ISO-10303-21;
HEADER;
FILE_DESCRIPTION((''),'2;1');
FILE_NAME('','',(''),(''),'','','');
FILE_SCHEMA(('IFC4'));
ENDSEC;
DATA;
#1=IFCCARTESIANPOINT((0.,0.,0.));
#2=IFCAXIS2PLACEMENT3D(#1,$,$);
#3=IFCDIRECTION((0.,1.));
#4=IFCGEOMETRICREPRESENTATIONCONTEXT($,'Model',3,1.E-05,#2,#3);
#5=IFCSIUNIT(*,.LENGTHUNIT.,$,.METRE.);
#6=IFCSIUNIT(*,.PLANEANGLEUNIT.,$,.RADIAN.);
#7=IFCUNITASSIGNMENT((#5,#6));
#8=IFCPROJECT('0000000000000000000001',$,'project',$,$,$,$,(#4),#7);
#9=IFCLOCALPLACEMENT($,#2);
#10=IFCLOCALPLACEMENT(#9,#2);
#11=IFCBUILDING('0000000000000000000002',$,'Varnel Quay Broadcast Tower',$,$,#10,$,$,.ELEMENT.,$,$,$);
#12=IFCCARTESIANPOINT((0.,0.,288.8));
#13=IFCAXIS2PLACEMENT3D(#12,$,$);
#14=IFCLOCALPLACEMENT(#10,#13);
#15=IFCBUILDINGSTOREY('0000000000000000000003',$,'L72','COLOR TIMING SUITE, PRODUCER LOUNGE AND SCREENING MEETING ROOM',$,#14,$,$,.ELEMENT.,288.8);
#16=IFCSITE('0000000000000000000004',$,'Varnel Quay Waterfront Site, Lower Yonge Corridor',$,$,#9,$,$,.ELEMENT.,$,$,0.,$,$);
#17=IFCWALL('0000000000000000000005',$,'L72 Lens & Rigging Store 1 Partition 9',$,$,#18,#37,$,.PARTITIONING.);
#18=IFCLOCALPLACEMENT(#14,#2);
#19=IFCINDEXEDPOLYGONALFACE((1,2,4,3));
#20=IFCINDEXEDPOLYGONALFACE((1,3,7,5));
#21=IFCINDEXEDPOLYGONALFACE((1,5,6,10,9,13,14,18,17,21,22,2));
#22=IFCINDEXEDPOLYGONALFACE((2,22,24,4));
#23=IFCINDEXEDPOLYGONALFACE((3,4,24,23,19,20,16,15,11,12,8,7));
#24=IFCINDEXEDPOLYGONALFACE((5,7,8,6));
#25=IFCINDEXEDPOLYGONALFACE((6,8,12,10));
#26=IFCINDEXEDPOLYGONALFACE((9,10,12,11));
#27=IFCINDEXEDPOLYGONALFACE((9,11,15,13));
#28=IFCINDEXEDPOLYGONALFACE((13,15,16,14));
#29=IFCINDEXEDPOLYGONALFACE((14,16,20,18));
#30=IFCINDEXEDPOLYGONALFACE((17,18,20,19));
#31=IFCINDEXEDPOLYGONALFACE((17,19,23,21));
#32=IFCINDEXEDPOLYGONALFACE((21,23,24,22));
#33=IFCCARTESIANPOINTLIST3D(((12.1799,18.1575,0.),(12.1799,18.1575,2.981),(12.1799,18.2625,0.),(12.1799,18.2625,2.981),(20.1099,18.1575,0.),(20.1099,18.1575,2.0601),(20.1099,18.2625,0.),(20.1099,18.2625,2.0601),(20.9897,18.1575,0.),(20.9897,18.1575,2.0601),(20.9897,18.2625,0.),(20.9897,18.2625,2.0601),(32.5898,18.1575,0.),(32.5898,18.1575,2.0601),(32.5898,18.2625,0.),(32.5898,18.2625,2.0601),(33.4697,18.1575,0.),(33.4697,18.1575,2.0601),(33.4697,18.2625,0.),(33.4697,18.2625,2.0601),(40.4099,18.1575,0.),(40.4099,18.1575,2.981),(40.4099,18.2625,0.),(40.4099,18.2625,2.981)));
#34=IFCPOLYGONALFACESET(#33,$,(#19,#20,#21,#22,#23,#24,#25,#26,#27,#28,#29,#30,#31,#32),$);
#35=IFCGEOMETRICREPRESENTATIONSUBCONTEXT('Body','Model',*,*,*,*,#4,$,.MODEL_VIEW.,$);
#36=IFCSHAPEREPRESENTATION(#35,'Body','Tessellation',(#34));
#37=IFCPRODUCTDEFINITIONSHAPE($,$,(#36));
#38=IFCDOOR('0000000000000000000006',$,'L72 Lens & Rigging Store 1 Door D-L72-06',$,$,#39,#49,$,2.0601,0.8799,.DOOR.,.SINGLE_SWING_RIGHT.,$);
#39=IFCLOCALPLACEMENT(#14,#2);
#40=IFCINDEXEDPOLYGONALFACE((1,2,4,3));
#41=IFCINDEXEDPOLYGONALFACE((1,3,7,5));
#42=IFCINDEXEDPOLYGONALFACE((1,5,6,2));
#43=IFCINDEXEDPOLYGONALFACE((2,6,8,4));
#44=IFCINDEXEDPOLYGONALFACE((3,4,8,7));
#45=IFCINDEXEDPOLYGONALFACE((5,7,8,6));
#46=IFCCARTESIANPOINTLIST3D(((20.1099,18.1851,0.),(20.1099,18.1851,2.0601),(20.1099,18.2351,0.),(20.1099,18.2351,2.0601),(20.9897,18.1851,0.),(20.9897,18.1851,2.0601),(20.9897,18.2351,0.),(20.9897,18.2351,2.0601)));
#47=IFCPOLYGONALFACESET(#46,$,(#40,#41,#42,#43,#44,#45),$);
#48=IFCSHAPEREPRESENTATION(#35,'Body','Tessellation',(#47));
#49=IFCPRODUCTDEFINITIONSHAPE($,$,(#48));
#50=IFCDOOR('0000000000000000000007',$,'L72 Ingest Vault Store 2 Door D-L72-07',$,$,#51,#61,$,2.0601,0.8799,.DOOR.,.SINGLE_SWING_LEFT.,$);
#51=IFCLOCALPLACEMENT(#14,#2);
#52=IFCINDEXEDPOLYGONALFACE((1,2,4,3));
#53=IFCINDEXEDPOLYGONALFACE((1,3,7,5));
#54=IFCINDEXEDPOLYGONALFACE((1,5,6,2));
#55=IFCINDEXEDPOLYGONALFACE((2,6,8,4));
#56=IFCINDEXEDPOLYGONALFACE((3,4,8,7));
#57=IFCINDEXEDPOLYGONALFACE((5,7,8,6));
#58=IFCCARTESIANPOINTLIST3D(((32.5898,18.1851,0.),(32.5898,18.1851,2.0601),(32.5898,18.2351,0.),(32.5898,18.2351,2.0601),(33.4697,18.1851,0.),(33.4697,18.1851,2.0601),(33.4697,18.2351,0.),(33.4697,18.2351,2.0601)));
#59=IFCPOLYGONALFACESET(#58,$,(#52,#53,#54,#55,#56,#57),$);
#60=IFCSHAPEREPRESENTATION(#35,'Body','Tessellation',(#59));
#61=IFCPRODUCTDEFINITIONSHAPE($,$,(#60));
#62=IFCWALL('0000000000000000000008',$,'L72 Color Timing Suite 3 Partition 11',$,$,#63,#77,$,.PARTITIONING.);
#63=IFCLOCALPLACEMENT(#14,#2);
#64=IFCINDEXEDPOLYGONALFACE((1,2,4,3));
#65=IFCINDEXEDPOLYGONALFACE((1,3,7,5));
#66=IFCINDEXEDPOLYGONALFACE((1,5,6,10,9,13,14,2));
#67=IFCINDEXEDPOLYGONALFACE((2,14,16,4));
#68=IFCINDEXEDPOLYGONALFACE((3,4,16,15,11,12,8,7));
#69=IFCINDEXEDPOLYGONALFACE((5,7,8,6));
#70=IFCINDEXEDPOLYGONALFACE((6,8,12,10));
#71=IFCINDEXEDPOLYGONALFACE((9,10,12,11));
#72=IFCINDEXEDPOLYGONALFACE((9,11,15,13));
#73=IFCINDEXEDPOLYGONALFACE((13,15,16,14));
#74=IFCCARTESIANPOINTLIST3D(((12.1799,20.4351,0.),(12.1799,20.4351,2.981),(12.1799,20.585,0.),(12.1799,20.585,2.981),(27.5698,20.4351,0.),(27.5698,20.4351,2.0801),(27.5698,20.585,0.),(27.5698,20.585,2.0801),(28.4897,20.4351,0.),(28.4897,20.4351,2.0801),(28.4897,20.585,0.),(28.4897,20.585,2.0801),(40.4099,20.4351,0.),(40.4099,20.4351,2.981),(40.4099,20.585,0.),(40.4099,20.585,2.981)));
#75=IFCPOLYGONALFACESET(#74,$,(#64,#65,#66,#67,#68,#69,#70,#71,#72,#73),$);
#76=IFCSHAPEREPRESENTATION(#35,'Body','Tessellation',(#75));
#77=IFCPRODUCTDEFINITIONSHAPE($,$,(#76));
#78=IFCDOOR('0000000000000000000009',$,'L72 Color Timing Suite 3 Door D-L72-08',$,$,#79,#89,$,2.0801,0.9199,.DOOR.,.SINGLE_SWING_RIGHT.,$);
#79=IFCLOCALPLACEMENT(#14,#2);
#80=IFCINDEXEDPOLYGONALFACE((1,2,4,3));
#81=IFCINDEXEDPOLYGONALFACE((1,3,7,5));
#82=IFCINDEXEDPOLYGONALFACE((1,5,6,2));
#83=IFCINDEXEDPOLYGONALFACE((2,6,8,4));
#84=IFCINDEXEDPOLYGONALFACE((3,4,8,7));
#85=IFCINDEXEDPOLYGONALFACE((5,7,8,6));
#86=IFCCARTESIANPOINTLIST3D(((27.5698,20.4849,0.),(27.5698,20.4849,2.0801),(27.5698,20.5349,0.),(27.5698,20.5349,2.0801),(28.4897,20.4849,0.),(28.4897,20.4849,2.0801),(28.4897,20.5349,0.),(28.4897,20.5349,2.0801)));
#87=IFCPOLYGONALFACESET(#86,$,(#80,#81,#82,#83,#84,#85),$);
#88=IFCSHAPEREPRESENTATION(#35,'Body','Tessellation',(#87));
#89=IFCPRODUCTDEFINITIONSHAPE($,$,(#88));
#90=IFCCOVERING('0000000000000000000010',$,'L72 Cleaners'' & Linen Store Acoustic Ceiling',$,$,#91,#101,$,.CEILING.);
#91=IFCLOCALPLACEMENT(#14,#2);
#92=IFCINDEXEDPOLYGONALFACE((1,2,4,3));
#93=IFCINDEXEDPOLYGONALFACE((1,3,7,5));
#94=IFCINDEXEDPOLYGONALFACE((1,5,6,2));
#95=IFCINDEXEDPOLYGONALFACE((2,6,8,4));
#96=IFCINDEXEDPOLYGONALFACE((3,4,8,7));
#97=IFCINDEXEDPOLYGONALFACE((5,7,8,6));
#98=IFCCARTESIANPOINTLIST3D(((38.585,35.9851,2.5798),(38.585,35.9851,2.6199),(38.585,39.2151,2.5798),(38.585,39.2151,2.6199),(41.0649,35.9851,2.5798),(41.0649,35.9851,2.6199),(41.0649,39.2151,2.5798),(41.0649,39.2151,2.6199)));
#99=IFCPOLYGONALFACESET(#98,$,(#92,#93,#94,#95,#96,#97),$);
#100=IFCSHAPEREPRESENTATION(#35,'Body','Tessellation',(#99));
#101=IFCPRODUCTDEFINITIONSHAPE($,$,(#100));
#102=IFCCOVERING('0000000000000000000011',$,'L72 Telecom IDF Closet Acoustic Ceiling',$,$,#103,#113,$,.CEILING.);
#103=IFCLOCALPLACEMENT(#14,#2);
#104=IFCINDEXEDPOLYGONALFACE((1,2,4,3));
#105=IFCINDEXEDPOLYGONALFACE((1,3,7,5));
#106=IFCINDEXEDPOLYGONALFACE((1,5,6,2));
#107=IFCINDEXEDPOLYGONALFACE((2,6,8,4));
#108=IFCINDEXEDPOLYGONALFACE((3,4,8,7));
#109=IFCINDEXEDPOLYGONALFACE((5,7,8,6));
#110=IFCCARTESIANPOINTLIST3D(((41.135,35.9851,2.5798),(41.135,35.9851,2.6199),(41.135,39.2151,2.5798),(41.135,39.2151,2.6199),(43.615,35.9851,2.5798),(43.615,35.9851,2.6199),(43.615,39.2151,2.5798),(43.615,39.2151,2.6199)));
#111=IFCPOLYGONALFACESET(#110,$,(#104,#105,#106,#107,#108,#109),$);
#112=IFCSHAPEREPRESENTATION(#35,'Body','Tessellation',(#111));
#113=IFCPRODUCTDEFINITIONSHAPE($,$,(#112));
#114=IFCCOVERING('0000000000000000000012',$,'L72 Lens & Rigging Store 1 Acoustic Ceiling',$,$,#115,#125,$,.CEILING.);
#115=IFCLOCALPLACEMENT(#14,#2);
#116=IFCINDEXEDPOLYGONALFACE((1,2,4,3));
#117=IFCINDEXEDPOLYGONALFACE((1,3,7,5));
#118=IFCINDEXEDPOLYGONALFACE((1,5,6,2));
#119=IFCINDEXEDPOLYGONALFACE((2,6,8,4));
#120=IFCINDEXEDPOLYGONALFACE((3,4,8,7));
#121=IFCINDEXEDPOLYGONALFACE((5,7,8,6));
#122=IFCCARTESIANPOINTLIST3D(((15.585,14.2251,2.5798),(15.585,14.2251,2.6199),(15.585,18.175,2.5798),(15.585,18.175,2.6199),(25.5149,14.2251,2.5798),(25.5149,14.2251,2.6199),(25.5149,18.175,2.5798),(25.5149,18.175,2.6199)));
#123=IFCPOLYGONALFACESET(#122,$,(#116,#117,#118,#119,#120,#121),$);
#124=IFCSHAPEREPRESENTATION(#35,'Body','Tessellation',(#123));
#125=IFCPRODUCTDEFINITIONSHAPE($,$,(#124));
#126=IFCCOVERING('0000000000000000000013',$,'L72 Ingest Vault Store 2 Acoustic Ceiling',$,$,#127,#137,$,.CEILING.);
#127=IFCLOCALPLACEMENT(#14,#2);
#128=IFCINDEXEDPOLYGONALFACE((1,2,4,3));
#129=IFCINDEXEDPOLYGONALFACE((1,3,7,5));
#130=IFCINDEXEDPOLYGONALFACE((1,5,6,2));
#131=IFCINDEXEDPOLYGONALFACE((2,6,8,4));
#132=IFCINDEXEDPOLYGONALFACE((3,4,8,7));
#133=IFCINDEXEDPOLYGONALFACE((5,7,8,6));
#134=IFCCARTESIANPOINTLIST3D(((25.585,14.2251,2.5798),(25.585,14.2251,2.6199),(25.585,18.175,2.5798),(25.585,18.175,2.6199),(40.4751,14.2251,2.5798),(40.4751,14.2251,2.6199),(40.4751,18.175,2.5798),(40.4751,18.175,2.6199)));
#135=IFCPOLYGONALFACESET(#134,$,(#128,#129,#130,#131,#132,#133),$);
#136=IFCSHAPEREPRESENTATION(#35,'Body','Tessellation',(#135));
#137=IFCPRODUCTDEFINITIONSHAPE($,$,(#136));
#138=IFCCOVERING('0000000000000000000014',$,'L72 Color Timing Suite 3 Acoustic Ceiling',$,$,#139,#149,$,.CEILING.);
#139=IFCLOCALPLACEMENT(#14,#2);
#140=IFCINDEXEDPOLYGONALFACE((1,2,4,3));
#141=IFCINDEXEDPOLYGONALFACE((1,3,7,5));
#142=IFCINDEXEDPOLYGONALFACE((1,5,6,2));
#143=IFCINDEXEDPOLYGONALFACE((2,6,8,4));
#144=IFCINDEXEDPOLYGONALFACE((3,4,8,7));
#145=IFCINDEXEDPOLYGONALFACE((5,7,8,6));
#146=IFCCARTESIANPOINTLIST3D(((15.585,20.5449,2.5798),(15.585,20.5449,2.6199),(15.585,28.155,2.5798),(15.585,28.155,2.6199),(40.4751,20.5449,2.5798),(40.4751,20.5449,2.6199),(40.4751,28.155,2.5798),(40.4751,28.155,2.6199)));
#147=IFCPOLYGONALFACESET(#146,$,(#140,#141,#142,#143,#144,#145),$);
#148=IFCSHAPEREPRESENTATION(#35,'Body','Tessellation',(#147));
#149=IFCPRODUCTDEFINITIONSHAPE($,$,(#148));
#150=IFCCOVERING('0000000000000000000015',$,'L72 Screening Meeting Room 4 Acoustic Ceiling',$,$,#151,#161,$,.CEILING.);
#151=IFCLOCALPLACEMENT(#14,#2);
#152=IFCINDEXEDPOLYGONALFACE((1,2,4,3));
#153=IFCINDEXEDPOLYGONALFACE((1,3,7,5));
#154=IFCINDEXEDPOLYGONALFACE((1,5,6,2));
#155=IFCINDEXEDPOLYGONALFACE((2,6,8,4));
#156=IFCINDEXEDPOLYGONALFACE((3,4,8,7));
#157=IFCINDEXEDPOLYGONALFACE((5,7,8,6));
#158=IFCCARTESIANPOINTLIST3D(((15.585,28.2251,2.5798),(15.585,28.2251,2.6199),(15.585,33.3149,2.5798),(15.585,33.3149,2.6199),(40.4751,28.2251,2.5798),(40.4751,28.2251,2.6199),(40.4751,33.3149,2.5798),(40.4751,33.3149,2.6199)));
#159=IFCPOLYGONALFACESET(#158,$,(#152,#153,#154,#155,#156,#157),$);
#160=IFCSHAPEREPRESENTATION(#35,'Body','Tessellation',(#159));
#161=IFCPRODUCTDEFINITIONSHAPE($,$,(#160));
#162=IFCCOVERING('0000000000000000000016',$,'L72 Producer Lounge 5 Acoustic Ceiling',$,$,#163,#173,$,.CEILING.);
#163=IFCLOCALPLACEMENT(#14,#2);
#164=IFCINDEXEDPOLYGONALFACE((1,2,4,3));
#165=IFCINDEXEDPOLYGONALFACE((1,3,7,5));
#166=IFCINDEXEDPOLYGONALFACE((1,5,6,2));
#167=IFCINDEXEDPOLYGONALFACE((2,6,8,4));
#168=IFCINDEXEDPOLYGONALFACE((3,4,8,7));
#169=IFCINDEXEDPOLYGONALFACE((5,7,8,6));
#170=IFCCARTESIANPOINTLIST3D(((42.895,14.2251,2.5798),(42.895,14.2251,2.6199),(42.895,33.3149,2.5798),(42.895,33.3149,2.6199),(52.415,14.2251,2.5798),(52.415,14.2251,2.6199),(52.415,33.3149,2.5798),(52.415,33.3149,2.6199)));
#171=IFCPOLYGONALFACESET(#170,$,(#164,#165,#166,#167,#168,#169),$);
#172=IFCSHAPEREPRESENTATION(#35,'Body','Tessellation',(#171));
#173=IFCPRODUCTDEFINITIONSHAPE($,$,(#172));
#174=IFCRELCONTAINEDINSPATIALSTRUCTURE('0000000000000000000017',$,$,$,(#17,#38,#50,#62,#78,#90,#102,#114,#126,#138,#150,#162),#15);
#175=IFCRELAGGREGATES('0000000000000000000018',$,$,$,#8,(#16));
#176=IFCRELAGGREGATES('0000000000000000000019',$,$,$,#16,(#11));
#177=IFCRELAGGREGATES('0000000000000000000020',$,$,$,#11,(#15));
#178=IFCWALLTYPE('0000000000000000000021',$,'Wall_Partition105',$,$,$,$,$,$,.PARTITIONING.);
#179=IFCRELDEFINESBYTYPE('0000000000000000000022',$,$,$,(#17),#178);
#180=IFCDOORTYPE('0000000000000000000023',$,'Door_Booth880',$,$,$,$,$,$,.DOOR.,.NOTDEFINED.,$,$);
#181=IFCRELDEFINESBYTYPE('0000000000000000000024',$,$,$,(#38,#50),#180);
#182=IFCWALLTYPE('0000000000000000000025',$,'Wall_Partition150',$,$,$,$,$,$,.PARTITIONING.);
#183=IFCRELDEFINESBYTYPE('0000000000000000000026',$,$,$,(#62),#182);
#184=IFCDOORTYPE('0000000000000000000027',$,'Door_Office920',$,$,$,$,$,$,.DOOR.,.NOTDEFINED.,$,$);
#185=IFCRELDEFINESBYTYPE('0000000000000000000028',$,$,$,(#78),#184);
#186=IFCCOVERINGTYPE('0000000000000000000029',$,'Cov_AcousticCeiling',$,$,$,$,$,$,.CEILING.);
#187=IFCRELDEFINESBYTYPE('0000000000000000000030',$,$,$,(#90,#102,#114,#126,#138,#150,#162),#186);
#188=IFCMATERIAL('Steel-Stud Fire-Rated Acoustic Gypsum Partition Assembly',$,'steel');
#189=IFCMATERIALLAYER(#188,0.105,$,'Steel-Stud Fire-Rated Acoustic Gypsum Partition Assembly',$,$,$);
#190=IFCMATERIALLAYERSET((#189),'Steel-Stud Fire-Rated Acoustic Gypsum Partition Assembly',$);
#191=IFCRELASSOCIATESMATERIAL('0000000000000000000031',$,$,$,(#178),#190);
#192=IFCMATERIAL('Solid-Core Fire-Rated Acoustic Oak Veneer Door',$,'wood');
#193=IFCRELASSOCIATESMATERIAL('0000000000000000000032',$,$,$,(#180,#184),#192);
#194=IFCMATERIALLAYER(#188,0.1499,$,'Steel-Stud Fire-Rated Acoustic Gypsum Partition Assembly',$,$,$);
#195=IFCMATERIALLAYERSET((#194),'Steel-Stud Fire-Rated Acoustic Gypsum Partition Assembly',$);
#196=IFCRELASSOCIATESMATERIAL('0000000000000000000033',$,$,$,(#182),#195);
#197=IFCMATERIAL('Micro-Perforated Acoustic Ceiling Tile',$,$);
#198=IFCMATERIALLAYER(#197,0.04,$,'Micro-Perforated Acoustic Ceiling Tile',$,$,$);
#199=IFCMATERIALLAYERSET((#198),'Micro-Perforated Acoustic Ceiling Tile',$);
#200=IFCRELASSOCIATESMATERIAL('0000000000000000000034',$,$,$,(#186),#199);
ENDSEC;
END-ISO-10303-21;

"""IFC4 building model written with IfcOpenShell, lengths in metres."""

from ifc_helpers import new_model, si_unit, direction, frame, frame_2d, origin, place, context, subcontext, project, spatial, polyline, rectangle, outline, extrude, source, transform, mapped, material, layer, layer_set, type_object, type_shapes, element, fill, save


model = new_model("IFC4")

# Units and contexts
model_context = context("Model", 3, precision=1e-05, world=origin(), true_north=direction((0.0, 1.0)))
body_context = subcontext(model_context, "Body", "Model", "MODEL_VIEW")
ifc_project = project(units=[si_unit("LENGTHUNIT", "METRE"), si_unit("PLANEANGLEUNIT", "RADIAN")], contexts=[model_context])

# Site, building, storey
site_placement = place(None, origin())
site = spatial("IfcSite", under=ifc_project, at=site_placement, Name="Varnel Quay Waterfront Site, Lower Yonge Corridor", CompositionType="ELEMENT", RefElevation=0.0)
building_placement = place(site_placement, origin())
building = spatial("IfcBuilding", under=site, at=building_placement, Name="Varnel Quay Broadcast Tower", CompositionType="ELEMENT")
storey_placement = place(building_placement, frame((0.0, 0.0, 288.8)))
storey = spatial("IfcBuildingStorey", under=building, at=storey_placement, Name="L72", Description="COLOR TIMING SUITE, PRODUCER LOUNGE AND SCREENING MEETING ROOM", CompositionType="ELEMENT", Elevation=288.8)

# Wall, openings, doors
ifc_material_1 = material(Name="Steel-Stud Fire-Rated Acoustic Gypsum Partition Assembly", Category="steel")
ifc_layer_1 = layer(ifc_material_1, 0.105, Name="Steel-Stud Fire-Rated Acoustic Gypsum Partition Assembly")
ifc_layer_set_1 = layer_set([ifc_layer_1], Name="Steel-Stud Fire-Rated Acoustic Gypsum Partition Assembly")
wall_type_1 = type_object("IfcWallType", Name="Wall_Partition105", PredefinedType="PARTITIONING", material=ifc_layer_set_1)
wall_1_placement = place(storey_placement, frame((12.1799, 18.21, 0.0), z_axis=(0.0, 0.0, 1.0), x_axis=(1.0, 0.0, 0.0)))
wall_1 = element("IfcWall", 1, at=wall_1_placement, inside=storey, type_object=wall_type_1, Name="L72 Lens & Rigging Store 1 Partition 9", PredefinedType="PARTITIONING", context=body_context, shape_type="SweptSolid", body=[
    extrude(rectangle(XDim=28.23, YDim=0.105, at=frame_2d((14.115, 0.0))), origin(), (0.0, 0.0, 1.0), 2.981),
])
opening_1_placement = place(wall_1_placement, frame((7.9299, 0.0, 0.0)))
opening_1 = element("IfcOpeningElement", 2, at=opening_1_placement, cuts=wall_1, PredefinedType="OPENING", context=body_context, shape_type="SweptSolid", body=[
    extrude(rectangle(XDim=0.8799, YDim=2.0601, at=frame_2d((0.4399, 1.03))), frame((0.0, 0.0625, 0.0), z_axis=(0.0, -1.0, 0.0), x_axis=(1.0, 0.0, 0.0)), (0.0, 0.0, 1.0), 0.125),
])
opening_2_placement = place(wall_1_placement, frame((20.4099, 0.0, 0.0)))
opening_2 = element("IfcOpeningElement", 3, at=opening_2_placement, cuts=wall_1, PredefinedType="OPENING", context=body_context, shape_type="SweptSolid", body=[
    extrude(rectangle(XDim=0.8799, YDim=2.0601, at=frame_2d((0.4399, 1.03))), frame((0.0, 0.0625, 0.0), z_axis=(0.0, -1.0, 0.0), x_axis=(1.0, 0.0, 0.0)), (0.0, 0.0, 1.0), 0.125),
])
ifc_material_2 = material(Name="Solid-Core Fire-Rated Acoustic Oak Veneer Door", Category="wood")
door_type_1 = type_object("IfcDoorType", Name="Door_Booth880", OperationType="NOTDEFINED", PredefinedType="DOOR", material=ifc_material_2)
shared_shape_1 = source(origin(), body_context, "Body", "SweptSolid", [
    extrude(rectangle(XDim=0.8799, YDim=2.0601, at=frame_2d((0.4399, 1.03))), frame((0.0, 0.0249, 0.0), z_axis=(0.0, -1.0, 0.0), x_axis=(1.0, 0.0, 0.0)), (0.0, 0.0, 1.0), 0.05),
])
type_shapes(door_type_1, [shared_shape_1])
door_1_placement = place(opening_1_placement, frame((0.8799, 0.0, 0.0), z_axis=(0.0, 0.0, 1.0), x_axis=(-1.0, 0.0, 0.0)))
door_1 = element("IfcDoor", 4, at=door_1_placement, inside=storey, type_object=door_type_1, Name="L72 Lens & Rigging Store 1 Door D-L72-06", OperationType="SINGLE_SWING_RIGHT", OverallHeight=2.0601, OverallWidth=0.8799, PredefinedType="DOOR", context=body_context, shape_type="MappedRepresentation", body=[
    mapped(shared_shape_1, transform((0.0, 0.0, 0.0), x_axis=(1.0, 0.0, 0.0), y_axis=(0.0, 1.0, 0.0), z_axis=(0.0, 0.0, 1.0), scale=1.0)),
])
fill(opening_1, door_1)
door_2_placement = place(opening_2_placement, frame((0.8799, 0.0, 0.0), z_axis=(0.0, 0.0, 1.0), x_axis=(-1.0, 0.0, 0.0)))
door_2 = element("IfcDoor", 5, at=door_2_placement, inside=storey, type_object=door_type_1, Name="L72 Ingest Vault Store 2 Door D-L72-07", OperationType="SINGLE_SWING_LEFT", OverallHeight=2.0601, OverallWidth=0.8799, PredefinedType="DOOR", context=body_context, shape_type="MappedRepresentation", body=[
    mapped(shared_shape_1, transform((0.0, 0.0, 0.0), x_axis=(1.0, 0.0, 0.0), y_axis=(0.0, 1.0, 0.0), z_axis=(0.0, 0.0, 1.0), scale=1.0)),
])
fill(opening_2, door_2)

# Wall, opening, door
ifc_layer_2 = layer(ifc_material_1, 0.1499, Name="Steel-Stud Fire-Rated Acoustic Gypsum Partition Assembly")
ifc_layer_set_2 = layer_set([ifc_layer_2], Name="Steel-Stud Fire-Rated Acoustic Gypsum Partition Assembly")
wall_type_2 = type_object("IfcWallType", Name="Wall_Partition150", PredefinedType="PARTITIONING", material=ifc_layer_set_2)
wall_2_placement = place(storey_placement, frame((12.1799, 20.51, 0.0), z_axis=(0.0, 0.0, 1.0), x_axis=(1.0, 0.0, 0.0)))
wall_2 = element("IfcWall", 6, at=wall_2_placement, inside=storey, type_object=wall_type_2, Name="L72 Color Timing Suite 3 Partition 11", PredefinedType="PARTITIONING", context=body_context, shape_type="SweptSolid", body=[
    extrude(rectangle(XDim=28.23, YDim=0.1499, at=frame_2d((14.115, 0.0))), origin(), (0.0, 0.0, 1.0), 2.981),
])
opening_3_placement = place(wall_2_placement, frame((15.3899, 0.0, 0.0)))
opening_3 = element("IfcOpeningElement", 7, at=opening_3_placement, cuts=wall_2, PredefinedType="OPENING", context=body_context, shape_type="SweptSolid", body=[
    extrude(rectangle(XDim=0.9199, YDim=2.0801, at=frame_2d((0.46, 1.04))), frame((0.0, 0.085, 0.0), z_axis=(0.0, -1.0, 0.0), x_axis=(1.0, 0.0, 0.0)), (0.0, 0.0, 1.0), 0.1699),
])
door_type_2 = type_object("IfcDoorType", Name="Door_Office920", OperationType="NOTDEFINED", PredefinedType="DOOR", material=ifc_material_2)
shared_shape_2 = source(origin(), body_context, "Body", "SweptSolid", [
    extrude(rectangle(XDim=0.9199, YDim=2.0801, at=frame_2d((0.46, 1.04))), frame((0.0, 0.0249, 0.0), z_axis=(0.0, -1.0, 0.0), x_axis=(1.0, 0.0, 0.0)), (0.0, 0.0, 1.0), 0.05),
])
type_shapes(door_type_2, [shared_shape_2])
door_3_placement = place(opening_3_placement, origin())
door_3 = element("IfcDoor", 8, at=door_3_placement, inside=storey, type_object=door_type_2, Name="L72 Color Timing Suite 3 Door D-L72-08", OperationType="SINGLE_SWING_RIGHT", OverallHeight=2.0801, OverallWidth=0.9199, PredefinedType="DOOR", context=body_context, shape_type="MappedRepresentation", body=[
    mapped(shared_shape_2, transform((0.0, 0.0, 0.0), x_axis=(1.0, 0.0, 0.0), y_axis=(0.0, 1.0, 0.0), z_axis=(0.0, 0.0, 1.0), scale=1.0)),
])
fill(opening_3, door_3)

# Coverings
ifc_material_3 = material(Name="Micro-Perforated Acoustic Ceiling Tile")
ifc_layer_3 = layer(ifc_material_3, 0.04, Name="Micro-Perforated Acoustic Ceiling Tile")
ifc_layer_set_3 = layer_set([ifc_layer_3], Name="Micro-Perforated Acoustic Ceiling Tile")
covering_type_1 = type_object("IfcCoveringType", Name="Cov_AcousticCeiling", PredefinedType="CEILING", material=ifc_layer_set_3)
covering_1_placement = place(storey_placement, frame((0.0, 0.0, 2.5798)))
element("IfcCovering", 9, at=covering_1_placement, inside=storey, type_object=covering_type_1, Name="L72 Cleaners' & Linen Store Acoustic Ceiling", PredefinedType="CEILING", context=body_context, shape_type="SweptSolid", body=[
    extrude(outline(polyline([(38.585, 35.9851), (41.0649, 35.9851), (41.0649, 39.2151), (38.585, 39.2151), (38.585, 35.9851)])), origin(), (0.0, 0.0, 1.0), 0.04),
])
covering_2_placement = place(storey_placement, frame((0.0, 0.0, 2.5798)))
element("IfcCovering", 10, at=covering_2_placement, inside=storey, type_object=covering_type_1, Name="L72 Telecom IDF Closet Acoustic Ceiling", PredefinedType="CEILING", context=body_context, shape_type="SweptSolid", body=[
    extrude(outline(polyline([(41.135, 35.9851), (43.615, 35.9851), (43.615, 39.2151), (41.135, 39.2151), (41.135, 35.9851)])), origin(), (0.0, 0.0, 1.0), 0.04),
])
covering_3_placement = place(storey_placement, frame((0.0, 0.0, 2.5798)))
element("IfcCovering", 11, at=covering_3_placement, inside=storey, type_object=covering_type_1, Name="L72 Lens & Rigging Store 1 Acoustic Ceiling", PredefinedType="CEILING", context=body_context, shape_type="SweptSolid", body=[
    extrude(outline(polyline([(15.585, 14.2251), (25.5149, 14.2251), (25.5149, 18.175), (15.585, 18.175), (15.585, 14.2251)])), origin(), (0.0, 0.0, 1.0), 0.04),
])
covering_4_placement = place(storey_placement, frame((0.0, 0.0, 2.5798)))
element("IfcCovering", 12, at=covering_4_placement, inside=storey, type_object=covering_type_1, Name="L72 Ingest Vault Store 2 Acoustic Ceiling", PredefinedType="CEILING", context=body_context, shape_type="SweptSolid", body=[
    extrude(outline(polyline([(25.585, 14.2251), (40.4751, 14.2251), (40.4751, 18.175), (25.585, 18.175), (25.585, 14.2251)])), origin(), (0.0, 0.0, 1.0), 0.04),
])
covering_5_placement = place(storey_placement, frame((0.0, 0.0, 2.5798)))
element("IfcCovering", 13, at=covering_5_placement, inside=storey, type_object=covering_type_1, Name="L72 Color Timing Suite 3 Acoustic Ceiling", PredefinedType="CEILING", context=body_context, shape_type="SweptSolid", body=[
    extrude(outline(polyline([(15.585, 20.5449), (40.4751, 20.5449), (40.4751, 28.155), (15.585, 28.155), (15.585, 20.5449)])), origin(), (0.0, 0.0, 1.0), 0.04),
])
covering_6_placement = place(storey_placement, frame((0.0, 0.0, 2.5798)))
element("IfcCovering", 14, at=covering_6_placement, inside=storey, type_object=covering_type_1, Name="L72 Screening Meeting Room 4 Acoustic Ceiling", PredefinedType="CEILING", context=body_context, shape_type="SweptSolid", body=[
    extrude(outline(polyline([(15.585, 28.2251), (40.4751, 28.2251), (40.4751, 33.3149), (15.585, 33.3149), (15.585, 28.2251)])), origin(), (0.0, 0.0, 1.0), 0.04),
])
covering_7_placement = place(storey_placement, frame((0.0, 0.0, 2.5798)))
element("IfcCovering", 15, at=covering_7_placement, inside=storey, type_object=covering_type_1, Name="L72 Producer Lounge 5 Acoustic Ceiling", PredefinedType="CEILING", context=body_context, shape_type="SweptSolid", body=[
    extrude(outline(polyline([(42.895, 14.2251), (52.415, 14.2251), (52.415, 33.3149), (42.895, 33.3149), (42.895, 14.2251)])), origin(), (0.0, 0.0, 1.0), 0.04),
])

save(model, "model.ifc")
